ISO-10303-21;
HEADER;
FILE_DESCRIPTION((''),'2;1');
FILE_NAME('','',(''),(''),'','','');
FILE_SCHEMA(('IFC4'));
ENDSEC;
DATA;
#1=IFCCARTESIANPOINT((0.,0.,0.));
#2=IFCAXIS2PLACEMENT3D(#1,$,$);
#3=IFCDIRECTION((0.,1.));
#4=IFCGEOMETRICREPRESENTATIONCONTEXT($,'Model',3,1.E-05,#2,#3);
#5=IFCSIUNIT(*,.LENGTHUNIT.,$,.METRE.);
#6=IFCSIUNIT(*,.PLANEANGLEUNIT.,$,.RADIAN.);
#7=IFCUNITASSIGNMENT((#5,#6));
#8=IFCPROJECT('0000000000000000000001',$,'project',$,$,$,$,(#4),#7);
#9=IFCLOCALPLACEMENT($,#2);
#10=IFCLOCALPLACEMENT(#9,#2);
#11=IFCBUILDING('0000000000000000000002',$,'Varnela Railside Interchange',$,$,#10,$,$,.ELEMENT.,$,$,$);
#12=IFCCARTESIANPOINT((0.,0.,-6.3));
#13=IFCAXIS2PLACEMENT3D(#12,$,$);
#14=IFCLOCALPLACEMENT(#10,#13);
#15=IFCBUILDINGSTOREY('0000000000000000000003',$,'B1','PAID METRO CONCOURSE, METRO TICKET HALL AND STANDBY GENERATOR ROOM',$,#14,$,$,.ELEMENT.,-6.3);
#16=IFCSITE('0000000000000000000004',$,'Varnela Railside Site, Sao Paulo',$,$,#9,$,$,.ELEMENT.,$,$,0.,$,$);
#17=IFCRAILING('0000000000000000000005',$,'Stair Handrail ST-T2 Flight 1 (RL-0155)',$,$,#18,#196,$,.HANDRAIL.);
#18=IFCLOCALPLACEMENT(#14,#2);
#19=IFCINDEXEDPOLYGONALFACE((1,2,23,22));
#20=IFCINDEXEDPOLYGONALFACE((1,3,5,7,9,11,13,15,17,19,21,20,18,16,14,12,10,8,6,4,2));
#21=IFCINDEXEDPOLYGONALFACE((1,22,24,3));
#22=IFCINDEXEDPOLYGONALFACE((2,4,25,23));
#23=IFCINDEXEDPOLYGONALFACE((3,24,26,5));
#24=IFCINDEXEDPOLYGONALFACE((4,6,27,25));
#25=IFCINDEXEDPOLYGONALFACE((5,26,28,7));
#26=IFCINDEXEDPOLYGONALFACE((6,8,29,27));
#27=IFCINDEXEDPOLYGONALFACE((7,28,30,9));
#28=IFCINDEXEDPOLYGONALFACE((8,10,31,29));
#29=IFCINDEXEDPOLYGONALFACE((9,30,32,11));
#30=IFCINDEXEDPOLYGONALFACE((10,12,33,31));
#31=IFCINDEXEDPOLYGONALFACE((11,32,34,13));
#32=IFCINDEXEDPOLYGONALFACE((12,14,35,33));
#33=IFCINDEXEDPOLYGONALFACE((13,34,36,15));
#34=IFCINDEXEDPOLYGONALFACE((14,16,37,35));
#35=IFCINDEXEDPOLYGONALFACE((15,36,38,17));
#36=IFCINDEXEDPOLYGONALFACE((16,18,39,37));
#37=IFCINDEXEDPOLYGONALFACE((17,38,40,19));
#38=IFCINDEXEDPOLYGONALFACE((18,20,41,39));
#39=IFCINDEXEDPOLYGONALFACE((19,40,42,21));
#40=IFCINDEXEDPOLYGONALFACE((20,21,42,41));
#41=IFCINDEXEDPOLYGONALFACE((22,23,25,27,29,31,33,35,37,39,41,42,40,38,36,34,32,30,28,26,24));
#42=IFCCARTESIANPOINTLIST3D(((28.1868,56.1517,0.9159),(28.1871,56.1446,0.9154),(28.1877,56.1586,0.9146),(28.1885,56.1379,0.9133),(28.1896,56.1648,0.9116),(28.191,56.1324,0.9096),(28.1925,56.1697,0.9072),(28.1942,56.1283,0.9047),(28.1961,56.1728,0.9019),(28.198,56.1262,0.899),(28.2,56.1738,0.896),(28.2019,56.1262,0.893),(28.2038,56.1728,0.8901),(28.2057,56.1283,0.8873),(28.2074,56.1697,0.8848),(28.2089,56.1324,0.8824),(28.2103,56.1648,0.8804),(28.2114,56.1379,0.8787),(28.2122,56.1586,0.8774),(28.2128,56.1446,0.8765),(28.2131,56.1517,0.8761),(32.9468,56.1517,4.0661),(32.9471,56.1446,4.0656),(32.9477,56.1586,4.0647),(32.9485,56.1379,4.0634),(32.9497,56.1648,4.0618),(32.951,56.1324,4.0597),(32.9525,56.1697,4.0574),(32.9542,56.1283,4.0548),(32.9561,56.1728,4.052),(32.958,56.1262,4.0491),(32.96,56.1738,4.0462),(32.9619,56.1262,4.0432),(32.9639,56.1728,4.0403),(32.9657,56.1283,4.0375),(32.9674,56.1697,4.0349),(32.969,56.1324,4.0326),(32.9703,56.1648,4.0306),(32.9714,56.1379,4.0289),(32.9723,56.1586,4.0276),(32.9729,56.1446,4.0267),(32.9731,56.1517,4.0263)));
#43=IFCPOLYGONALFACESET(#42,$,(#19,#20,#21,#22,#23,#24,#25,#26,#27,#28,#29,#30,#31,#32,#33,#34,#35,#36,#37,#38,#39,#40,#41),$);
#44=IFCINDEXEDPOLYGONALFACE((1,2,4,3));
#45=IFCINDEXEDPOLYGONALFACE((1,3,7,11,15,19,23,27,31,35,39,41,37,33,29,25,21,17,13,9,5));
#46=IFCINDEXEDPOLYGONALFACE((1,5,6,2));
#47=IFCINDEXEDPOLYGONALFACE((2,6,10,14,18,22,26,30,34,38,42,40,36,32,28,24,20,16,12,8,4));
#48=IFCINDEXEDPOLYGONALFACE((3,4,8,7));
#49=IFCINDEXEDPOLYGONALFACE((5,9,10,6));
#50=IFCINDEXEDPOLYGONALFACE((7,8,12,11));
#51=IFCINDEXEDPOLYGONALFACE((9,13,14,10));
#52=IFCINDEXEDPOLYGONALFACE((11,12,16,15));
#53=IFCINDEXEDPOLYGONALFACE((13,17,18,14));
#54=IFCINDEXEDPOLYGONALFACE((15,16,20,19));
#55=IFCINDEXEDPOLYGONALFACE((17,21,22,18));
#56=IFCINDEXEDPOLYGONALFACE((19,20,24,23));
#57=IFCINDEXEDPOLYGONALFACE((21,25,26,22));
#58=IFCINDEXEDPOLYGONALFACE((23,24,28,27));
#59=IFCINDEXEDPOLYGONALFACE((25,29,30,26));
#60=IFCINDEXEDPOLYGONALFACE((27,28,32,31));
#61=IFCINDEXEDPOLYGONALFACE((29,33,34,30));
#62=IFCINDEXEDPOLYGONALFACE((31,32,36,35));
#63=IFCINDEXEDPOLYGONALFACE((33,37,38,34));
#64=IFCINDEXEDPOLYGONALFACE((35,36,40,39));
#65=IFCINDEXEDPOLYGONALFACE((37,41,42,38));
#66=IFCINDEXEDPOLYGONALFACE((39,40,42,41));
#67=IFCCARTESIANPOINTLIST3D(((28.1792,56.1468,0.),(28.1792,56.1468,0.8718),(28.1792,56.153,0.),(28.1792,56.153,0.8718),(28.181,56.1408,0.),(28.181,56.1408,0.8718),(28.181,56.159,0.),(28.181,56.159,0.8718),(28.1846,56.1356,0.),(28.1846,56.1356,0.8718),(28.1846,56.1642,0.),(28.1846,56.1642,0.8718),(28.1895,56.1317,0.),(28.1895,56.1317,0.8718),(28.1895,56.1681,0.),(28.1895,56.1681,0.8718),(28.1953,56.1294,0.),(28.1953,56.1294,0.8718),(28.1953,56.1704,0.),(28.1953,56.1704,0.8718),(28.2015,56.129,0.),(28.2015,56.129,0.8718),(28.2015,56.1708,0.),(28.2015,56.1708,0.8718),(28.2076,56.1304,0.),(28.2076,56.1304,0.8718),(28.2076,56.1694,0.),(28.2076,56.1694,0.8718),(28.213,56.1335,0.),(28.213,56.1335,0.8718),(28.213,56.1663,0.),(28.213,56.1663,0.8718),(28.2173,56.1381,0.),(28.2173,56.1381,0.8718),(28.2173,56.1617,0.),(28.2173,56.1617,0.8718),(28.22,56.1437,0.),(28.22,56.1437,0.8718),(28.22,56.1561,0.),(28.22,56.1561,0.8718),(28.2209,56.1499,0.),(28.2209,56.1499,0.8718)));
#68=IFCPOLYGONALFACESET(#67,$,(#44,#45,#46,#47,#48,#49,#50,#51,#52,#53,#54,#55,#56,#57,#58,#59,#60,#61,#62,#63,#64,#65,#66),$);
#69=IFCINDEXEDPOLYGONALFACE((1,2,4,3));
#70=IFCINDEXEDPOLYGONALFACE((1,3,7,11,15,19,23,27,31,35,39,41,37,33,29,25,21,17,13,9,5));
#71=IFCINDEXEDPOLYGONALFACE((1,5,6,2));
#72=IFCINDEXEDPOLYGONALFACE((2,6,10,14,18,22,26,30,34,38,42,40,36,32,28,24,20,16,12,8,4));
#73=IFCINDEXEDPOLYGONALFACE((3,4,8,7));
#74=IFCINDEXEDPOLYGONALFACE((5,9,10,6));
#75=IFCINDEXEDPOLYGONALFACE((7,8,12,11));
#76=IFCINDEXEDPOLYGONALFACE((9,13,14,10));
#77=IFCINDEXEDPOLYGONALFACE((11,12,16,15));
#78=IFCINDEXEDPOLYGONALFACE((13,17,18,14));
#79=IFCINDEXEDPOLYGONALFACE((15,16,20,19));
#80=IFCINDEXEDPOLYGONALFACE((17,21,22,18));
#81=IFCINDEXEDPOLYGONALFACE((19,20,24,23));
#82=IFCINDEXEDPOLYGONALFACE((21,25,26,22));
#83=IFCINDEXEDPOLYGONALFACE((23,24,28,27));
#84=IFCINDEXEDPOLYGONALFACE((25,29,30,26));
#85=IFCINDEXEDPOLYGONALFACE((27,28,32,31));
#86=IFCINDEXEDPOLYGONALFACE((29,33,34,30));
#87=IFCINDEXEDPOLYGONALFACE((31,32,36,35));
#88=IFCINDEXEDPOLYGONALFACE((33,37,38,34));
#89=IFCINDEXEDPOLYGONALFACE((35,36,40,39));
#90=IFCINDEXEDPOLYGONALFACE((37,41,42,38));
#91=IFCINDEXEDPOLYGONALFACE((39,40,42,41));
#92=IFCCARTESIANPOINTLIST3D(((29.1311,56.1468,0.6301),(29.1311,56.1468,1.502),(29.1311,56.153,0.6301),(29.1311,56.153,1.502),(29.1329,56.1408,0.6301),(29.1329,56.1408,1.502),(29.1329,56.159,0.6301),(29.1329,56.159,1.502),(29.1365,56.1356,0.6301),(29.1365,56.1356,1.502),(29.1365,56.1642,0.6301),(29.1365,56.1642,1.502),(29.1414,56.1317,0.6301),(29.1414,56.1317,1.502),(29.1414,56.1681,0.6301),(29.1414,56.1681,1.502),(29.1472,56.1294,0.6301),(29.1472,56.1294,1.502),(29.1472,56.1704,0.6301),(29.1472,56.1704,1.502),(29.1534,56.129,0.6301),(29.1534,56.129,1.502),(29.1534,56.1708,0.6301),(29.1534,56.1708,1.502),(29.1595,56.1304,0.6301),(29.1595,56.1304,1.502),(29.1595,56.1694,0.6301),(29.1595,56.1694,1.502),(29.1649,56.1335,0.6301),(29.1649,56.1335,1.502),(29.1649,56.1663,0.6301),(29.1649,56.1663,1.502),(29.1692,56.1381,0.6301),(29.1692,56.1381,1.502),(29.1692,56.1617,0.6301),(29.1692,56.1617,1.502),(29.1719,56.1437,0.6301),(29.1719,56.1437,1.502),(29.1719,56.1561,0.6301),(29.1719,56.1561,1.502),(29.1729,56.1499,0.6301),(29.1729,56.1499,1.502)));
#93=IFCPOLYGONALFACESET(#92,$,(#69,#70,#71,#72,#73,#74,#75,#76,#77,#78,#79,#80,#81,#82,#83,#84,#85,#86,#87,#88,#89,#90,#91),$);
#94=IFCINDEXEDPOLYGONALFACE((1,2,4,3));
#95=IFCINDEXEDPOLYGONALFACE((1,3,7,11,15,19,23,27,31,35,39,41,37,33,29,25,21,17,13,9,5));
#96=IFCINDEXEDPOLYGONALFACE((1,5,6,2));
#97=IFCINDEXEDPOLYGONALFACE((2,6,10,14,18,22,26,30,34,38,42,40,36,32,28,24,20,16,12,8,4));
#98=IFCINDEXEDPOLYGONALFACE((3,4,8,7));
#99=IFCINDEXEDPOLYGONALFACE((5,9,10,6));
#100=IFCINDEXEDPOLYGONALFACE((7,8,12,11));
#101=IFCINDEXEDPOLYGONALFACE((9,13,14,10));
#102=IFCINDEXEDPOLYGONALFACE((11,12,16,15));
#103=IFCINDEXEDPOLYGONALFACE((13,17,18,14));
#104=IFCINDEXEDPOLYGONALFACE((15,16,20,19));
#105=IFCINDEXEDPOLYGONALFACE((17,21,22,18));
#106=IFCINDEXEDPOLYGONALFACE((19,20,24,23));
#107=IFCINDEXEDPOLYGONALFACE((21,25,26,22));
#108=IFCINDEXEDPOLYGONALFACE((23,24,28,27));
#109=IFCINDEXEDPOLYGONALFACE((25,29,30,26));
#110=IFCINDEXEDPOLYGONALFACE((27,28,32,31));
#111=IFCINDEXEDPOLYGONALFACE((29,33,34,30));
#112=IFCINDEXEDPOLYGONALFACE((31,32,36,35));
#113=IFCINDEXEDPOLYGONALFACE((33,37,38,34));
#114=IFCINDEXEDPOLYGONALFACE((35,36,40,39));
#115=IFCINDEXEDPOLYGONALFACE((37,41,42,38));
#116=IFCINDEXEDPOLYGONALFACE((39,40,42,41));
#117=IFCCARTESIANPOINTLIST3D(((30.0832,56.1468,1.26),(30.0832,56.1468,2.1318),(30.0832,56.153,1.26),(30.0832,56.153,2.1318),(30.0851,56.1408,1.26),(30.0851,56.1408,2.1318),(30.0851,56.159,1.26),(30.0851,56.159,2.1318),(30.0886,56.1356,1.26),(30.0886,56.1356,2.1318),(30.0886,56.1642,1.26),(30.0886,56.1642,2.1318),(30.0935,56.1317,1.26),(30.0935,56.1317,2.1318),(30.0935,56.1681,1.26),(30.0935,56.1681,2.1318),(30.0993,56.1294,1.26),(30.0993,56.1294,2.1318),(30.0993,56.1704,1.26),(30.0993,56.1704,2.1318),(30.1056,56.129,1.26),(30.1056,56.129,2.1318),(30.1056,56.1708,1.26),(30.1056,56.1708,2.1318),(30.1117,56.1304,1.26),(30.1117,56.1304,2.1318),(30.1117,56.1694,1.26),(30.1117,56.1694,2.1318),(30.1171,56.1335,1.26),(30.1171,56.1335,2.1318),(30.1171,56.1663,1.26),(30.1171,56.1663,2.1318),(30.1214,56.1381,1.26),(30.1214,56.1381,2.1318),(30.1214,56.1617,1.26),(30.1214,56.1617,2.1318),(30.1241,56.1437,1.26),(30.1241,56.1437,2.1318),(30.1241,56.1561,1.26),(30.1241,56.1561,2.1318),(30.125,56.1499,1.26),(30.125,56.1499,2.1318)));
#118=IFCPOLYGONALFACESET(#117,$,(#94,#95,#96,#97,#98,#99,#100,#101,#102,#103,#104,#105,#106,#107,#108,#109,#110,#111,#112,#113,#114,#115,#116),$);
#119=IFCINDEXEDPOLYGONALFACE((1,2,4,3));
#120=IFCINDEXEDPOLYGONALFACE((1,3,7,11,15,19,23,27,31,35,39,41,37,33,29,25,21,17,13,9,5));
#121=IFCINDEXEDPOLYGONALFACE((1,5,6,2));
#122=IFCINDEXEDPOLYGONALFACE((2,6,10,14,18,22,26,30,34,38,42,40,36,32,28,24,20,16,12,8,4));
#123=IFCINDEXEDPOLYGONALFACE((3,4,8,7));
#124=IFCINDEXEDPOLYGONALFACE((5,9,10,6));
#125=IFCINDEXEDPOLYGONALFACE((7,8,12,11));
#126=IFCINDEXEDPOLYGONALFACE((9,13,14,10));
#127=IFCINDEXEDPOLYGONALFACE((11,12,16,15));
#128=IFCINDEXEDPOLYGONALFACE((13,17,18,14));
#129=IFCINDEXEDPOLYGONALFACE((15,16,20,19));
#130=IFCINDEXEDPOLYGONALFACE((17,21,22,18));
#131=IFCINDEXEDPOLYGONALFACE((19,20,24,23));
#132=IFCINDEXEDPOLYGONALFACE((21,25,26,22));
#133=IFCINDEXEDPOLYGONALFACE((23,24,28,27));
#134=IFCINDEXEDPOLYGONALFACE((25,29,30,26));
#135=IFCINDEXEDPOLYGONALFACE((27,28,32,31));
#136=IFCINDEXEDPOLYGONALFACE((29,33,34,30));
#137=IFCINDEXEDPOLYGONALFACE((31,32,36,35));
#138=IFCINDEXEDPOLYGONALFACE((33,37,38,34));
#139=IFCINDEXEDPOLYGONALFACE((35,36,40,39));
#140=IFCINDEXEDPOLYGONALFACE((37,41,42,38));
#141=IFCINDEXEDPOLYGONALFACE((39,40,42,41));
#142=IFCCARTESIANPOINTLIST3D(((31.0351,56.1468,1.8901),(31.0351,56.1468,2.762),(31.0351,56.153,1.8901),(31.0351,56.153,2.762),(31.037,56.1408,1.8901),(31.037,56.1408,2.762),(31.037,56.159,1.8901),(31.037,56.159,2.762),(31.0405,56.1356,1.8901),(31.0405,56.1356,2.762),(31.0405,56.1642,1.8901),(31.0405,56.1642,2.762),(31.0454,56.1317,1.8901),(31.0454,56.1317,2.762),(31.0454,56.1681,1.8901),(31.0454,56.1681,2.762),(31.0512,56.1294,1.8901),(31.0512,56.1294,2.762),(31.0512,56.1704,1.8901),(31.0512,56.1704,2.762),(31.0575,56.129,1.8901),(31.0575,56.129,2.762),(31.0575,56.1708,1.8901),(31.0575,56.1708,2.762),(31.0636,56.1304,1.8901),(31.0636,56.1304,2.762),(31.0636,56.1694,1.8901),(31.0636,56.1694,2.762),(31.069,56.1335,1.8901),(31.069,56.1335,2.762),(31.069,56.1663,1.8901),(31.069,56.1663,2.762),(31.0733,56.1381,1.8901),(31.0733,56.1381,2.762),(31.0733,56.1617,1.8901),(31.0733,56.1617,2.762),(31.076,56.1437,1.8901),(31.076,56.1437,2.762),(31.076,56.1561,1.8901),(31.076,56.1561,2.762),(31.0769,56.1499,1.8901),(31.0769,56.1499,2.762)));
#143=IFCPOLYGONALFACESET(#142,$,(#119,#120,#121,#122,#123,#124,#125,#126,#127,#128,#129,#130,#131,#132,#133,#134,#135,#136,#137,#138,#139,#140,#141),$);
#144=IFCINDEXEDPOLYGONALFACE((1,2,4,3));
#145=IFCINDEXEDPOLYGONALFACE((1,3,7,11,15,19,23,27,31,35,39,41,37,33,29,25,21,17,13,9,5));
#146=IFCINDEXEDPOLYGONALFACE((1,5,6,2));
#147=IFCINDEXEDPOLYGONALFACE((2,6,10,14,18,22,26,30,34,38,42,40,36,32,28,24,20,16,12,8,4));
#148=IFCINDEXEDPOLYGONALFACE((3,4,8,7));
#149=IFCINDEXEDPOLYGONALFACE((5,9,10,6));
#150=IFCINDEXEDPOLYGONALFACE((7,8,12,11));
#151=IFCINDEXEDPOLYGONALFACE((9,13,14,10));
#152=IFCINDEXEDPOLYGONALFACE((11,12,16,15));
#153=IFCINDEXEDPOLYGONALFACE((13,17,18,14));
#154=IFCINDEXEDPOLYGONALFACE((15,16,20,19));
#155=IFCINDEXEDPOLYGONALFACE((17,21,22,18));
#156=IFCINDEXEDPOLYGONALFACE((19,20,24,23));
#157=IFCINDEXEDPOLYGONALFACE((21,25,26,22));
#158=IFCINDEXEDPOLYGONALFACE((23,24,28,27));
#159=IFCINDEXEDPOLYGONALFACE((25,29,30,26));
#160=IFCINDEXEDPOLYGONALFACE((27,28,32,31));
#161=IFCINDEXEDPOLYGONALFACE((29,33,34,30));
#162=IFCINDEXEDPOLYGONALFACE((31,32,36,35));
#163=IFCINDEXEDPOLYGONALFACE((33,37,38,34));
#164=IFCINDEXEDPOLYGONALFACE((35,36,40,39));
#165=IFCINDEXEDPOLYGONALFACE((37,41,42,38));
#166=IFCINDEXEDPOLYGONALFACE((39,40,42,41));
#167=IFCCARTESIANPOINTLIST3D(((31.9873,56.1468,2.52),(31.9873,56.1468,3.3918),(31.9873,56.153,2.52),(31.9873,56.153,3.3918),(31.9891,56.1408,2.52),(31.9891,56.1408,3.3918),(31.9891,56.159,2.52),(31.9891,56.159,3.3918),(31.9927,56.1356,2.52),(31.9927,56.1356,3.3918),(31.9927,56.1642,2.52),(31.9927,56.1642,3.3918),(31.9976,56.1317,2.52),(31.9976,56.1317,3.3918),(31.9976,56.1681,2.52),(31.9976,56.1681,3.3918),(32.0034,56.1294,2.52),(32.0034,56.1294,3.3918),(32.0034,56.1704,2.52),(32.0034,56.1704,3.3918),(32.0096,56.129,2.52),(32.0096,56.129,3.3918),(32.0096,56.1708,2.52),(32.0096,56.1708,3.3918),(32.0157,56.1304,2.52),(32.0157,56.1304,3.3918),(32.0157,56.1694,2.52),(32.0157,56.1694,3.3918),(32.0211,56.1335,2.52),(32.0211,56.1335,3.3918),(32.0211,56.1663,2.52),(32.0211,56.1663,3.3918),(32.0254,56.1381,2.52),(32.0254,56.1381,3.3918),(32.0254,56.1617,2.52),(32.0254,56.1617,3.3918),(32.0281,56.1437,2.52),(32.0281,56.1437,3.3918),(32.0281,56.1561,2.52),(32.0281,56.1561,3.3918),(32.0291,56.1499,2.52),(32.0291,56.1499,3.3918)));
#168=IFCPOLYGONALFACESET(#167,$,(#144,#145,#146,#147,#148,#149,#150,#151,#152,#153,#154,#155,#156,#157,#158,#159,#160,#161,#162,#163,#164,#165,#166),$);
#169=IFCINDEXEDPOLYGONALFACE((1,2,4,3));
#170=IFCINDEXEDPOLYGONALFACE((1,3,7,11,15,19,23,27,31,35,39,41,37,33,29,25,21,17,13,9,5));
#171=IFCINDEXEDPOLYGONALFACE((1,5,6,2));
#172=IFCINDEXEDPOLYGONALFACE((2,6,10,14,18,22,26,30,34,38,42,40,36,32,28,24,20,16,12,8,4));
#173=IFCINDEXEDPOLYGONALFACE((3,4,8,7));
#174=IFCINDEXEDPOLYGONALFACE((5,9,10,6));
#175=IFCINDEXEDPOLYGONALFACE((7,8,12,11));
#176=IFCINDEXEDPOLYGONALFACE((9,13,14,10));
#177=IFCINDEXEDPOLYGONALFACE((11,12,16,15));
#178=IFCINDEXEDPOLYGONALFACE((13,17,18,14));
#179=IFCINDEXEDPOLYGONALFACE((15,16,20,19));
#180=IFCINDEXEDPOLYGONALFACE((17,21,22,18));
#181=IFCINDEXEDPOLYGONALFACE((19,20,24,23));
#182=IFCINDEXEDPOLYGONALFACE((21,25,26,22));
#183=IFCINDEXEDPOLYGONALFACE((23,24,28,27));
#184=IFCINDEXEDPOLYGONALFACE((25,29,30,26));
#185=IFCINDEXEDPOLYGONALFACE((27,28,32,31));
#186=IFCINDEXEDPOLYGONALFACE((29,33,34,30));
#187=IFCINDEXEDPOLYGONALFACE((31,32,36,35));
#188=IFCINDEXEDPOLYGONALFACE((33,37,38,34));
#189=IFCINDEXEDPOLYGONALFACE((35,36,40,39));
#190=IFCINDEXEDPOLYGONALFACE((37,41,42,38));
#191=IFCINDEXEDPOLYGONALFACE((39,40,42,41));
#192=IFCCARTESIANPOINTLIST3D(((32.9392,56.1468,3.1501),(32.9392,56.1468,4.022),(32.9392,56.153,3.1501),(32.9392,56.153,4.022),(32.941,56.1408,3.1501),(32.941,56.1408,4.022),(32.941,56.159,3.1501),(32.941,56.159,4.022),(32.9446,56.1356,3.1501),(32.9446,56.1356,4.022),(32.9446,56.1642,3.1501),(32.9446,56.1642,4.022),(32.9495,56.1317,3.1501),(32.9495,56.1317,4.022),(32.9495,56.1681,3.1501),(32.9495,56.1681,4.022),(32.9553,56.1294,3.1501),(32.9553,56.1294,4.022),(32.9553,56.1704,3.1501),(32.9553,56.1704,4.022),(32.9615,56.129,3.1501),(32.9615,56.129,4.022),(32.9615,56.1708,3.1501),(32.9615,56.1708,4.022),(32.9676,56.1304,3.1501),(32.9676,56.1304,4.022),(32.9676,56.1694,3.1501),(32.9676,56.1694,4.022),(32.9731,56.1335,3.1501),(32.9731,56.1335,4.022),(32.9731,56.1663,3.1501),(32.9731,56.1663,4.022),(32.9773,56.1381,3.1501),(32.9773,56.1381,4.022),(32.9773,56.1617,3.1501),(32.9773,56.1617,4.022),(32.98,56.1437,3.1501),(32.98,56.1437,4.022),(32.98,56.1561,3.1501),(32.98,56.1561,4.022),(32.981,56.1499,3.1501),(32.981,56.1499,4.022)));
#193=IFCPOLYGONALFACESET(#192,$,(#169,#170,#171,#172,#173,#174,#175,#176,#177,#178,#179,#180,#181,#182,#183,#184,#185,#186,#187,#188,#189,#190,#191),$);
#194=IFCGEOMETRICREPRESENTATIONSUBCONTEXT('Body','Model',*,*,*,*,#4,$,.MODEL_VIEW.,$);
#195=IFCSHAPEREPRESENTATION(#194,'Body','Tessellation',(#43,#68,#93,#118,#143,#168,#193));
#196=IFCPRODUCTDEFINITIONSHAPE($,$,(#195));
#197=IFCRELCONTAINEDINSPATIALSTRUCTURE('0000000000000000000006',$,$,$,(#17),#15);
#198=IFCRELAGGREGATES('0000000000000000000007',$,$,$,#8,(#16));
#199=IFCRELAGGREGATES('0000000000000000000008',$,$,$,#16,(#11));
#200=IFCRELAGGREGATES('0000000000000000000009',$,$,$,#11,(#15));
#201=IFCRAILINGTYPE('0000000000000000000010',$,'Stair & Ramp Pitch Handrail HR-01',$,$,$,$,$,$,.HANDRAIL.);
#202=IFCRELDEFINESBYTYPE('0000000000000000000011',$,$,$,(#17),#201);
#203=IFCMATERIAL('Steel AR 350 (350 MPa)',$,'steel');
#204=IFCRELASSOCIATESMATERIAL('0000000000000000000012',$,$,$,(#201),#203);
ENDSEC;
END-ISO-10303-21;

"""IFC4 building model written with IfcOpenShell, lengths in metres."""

from ifc_helpers import new_model, si_unit, direction, frame, origin, origin_2d, place, context, subcontext, project, spatial, circle, extrude, material, type_object, element, save


model = new_model("IFC4")

# Units and contexts
model_context = context("Model", 3, precision=1e-05, world=origin(), true_north=direction((0.0, 1.0)))
body_context = subcontext(model_context, "Body", "Model", "MODEL_VIEW")
ifc_project = project(units=[si_unit("LENGTHUNIT", "METRE"), si_unit("PLANEANGLEUNIT", "RADIAN")], contexts=[model_context])

# Site, building, storey
site_placement = place(None, origin())
site = spatial("IfcSite", under=ifc_project, at=site_placement, Name="Varnela Railside Site, Sao Paulo", CompositionType="ELEMENT", RefElevation=0.0)
building_placement = place(site_placement, origin())
building = spatial("IfcBuilding", under=site, at=building_placement, Name="Varnela Railside Interchange", CompositionType="ELEMENT")
storey_placement = place(building_placement, frame((0.0, 0.0, -6.3)))
storey = spatial("IfcBuildingStorey", under=building, at=storey_placement, Name="B1", Description="PAID METRO CONCOURSE, METRO TICKET HALL AND STANDBY GENERATOR ROOM", CompositionType="ELEMENT", Elevation=-6.3)

# Shared definitions
ifc_material_1 = material(Name="Steel AR 350 (350 MPa)", Category="steel")

# Railing
railing_type_1 = type_object("IfcRailingType", Name="Stair & Ramp Pitch Handrail HR-01", PredefinedType="HANDRAIL", material=ifc_material_1)
railing_1_placement = place(storey_placement, frame((28.2, 56.1499, 0.0)))
element("IfcRailing", 1, at=railing_1_placement, inside=storey, type_object=railing_type_1, Name="Stair Handrail ST-T2 Flight 1 (RL-0155)", PredefinedType="HANDRAIL", context=body_context, shape_type="SweptSolid", body=[
    extrude(circle(Radius=0.0239, at=origin_2d()), frame((0.0, 0.0, 0.896), z_axis=(0.833921, 0.0, 0.551884), x_axis=(0.0, 1.0, 0.0)), (0.0, 0.0, 1.0), 5.708),
    extrude(circle(Radius=0.021, at=origin_2d()), origin(), (0.0, 0.0, 1.0), 0.8718),
    extrude(circle(Radius=0.021, at=origin_2d()), frame((0.9519, 0.0, 0.6301)), (0.0, 0.0, 1.0), 0.8718),
    extrude(circle(Radius=0.021, at=origin_2d()), frame((1.9041, 0.0, 1.26)), (0.0, 0.0, 1.0), 0.8718),
    extrude(circle(Radius=0.021, at=origin_2d()), frame((2.856, 0.0, 1.8901)), (0.0, 0.0, 1.0), 0.8718),
    extrude(circle(Radius=0.021, at=origin_2d()), frame((3.8081, 0.0, 2.52)), (0.0, 0.0, 1.0), 0.8718),
    extrude(circle(Radius=0.021, at=origin_2d()), frame((4.76, 0.0, 3.1501)), (0.0, 0.0, 1.0), 0.8718),
])

save(model, "model.ifc")
